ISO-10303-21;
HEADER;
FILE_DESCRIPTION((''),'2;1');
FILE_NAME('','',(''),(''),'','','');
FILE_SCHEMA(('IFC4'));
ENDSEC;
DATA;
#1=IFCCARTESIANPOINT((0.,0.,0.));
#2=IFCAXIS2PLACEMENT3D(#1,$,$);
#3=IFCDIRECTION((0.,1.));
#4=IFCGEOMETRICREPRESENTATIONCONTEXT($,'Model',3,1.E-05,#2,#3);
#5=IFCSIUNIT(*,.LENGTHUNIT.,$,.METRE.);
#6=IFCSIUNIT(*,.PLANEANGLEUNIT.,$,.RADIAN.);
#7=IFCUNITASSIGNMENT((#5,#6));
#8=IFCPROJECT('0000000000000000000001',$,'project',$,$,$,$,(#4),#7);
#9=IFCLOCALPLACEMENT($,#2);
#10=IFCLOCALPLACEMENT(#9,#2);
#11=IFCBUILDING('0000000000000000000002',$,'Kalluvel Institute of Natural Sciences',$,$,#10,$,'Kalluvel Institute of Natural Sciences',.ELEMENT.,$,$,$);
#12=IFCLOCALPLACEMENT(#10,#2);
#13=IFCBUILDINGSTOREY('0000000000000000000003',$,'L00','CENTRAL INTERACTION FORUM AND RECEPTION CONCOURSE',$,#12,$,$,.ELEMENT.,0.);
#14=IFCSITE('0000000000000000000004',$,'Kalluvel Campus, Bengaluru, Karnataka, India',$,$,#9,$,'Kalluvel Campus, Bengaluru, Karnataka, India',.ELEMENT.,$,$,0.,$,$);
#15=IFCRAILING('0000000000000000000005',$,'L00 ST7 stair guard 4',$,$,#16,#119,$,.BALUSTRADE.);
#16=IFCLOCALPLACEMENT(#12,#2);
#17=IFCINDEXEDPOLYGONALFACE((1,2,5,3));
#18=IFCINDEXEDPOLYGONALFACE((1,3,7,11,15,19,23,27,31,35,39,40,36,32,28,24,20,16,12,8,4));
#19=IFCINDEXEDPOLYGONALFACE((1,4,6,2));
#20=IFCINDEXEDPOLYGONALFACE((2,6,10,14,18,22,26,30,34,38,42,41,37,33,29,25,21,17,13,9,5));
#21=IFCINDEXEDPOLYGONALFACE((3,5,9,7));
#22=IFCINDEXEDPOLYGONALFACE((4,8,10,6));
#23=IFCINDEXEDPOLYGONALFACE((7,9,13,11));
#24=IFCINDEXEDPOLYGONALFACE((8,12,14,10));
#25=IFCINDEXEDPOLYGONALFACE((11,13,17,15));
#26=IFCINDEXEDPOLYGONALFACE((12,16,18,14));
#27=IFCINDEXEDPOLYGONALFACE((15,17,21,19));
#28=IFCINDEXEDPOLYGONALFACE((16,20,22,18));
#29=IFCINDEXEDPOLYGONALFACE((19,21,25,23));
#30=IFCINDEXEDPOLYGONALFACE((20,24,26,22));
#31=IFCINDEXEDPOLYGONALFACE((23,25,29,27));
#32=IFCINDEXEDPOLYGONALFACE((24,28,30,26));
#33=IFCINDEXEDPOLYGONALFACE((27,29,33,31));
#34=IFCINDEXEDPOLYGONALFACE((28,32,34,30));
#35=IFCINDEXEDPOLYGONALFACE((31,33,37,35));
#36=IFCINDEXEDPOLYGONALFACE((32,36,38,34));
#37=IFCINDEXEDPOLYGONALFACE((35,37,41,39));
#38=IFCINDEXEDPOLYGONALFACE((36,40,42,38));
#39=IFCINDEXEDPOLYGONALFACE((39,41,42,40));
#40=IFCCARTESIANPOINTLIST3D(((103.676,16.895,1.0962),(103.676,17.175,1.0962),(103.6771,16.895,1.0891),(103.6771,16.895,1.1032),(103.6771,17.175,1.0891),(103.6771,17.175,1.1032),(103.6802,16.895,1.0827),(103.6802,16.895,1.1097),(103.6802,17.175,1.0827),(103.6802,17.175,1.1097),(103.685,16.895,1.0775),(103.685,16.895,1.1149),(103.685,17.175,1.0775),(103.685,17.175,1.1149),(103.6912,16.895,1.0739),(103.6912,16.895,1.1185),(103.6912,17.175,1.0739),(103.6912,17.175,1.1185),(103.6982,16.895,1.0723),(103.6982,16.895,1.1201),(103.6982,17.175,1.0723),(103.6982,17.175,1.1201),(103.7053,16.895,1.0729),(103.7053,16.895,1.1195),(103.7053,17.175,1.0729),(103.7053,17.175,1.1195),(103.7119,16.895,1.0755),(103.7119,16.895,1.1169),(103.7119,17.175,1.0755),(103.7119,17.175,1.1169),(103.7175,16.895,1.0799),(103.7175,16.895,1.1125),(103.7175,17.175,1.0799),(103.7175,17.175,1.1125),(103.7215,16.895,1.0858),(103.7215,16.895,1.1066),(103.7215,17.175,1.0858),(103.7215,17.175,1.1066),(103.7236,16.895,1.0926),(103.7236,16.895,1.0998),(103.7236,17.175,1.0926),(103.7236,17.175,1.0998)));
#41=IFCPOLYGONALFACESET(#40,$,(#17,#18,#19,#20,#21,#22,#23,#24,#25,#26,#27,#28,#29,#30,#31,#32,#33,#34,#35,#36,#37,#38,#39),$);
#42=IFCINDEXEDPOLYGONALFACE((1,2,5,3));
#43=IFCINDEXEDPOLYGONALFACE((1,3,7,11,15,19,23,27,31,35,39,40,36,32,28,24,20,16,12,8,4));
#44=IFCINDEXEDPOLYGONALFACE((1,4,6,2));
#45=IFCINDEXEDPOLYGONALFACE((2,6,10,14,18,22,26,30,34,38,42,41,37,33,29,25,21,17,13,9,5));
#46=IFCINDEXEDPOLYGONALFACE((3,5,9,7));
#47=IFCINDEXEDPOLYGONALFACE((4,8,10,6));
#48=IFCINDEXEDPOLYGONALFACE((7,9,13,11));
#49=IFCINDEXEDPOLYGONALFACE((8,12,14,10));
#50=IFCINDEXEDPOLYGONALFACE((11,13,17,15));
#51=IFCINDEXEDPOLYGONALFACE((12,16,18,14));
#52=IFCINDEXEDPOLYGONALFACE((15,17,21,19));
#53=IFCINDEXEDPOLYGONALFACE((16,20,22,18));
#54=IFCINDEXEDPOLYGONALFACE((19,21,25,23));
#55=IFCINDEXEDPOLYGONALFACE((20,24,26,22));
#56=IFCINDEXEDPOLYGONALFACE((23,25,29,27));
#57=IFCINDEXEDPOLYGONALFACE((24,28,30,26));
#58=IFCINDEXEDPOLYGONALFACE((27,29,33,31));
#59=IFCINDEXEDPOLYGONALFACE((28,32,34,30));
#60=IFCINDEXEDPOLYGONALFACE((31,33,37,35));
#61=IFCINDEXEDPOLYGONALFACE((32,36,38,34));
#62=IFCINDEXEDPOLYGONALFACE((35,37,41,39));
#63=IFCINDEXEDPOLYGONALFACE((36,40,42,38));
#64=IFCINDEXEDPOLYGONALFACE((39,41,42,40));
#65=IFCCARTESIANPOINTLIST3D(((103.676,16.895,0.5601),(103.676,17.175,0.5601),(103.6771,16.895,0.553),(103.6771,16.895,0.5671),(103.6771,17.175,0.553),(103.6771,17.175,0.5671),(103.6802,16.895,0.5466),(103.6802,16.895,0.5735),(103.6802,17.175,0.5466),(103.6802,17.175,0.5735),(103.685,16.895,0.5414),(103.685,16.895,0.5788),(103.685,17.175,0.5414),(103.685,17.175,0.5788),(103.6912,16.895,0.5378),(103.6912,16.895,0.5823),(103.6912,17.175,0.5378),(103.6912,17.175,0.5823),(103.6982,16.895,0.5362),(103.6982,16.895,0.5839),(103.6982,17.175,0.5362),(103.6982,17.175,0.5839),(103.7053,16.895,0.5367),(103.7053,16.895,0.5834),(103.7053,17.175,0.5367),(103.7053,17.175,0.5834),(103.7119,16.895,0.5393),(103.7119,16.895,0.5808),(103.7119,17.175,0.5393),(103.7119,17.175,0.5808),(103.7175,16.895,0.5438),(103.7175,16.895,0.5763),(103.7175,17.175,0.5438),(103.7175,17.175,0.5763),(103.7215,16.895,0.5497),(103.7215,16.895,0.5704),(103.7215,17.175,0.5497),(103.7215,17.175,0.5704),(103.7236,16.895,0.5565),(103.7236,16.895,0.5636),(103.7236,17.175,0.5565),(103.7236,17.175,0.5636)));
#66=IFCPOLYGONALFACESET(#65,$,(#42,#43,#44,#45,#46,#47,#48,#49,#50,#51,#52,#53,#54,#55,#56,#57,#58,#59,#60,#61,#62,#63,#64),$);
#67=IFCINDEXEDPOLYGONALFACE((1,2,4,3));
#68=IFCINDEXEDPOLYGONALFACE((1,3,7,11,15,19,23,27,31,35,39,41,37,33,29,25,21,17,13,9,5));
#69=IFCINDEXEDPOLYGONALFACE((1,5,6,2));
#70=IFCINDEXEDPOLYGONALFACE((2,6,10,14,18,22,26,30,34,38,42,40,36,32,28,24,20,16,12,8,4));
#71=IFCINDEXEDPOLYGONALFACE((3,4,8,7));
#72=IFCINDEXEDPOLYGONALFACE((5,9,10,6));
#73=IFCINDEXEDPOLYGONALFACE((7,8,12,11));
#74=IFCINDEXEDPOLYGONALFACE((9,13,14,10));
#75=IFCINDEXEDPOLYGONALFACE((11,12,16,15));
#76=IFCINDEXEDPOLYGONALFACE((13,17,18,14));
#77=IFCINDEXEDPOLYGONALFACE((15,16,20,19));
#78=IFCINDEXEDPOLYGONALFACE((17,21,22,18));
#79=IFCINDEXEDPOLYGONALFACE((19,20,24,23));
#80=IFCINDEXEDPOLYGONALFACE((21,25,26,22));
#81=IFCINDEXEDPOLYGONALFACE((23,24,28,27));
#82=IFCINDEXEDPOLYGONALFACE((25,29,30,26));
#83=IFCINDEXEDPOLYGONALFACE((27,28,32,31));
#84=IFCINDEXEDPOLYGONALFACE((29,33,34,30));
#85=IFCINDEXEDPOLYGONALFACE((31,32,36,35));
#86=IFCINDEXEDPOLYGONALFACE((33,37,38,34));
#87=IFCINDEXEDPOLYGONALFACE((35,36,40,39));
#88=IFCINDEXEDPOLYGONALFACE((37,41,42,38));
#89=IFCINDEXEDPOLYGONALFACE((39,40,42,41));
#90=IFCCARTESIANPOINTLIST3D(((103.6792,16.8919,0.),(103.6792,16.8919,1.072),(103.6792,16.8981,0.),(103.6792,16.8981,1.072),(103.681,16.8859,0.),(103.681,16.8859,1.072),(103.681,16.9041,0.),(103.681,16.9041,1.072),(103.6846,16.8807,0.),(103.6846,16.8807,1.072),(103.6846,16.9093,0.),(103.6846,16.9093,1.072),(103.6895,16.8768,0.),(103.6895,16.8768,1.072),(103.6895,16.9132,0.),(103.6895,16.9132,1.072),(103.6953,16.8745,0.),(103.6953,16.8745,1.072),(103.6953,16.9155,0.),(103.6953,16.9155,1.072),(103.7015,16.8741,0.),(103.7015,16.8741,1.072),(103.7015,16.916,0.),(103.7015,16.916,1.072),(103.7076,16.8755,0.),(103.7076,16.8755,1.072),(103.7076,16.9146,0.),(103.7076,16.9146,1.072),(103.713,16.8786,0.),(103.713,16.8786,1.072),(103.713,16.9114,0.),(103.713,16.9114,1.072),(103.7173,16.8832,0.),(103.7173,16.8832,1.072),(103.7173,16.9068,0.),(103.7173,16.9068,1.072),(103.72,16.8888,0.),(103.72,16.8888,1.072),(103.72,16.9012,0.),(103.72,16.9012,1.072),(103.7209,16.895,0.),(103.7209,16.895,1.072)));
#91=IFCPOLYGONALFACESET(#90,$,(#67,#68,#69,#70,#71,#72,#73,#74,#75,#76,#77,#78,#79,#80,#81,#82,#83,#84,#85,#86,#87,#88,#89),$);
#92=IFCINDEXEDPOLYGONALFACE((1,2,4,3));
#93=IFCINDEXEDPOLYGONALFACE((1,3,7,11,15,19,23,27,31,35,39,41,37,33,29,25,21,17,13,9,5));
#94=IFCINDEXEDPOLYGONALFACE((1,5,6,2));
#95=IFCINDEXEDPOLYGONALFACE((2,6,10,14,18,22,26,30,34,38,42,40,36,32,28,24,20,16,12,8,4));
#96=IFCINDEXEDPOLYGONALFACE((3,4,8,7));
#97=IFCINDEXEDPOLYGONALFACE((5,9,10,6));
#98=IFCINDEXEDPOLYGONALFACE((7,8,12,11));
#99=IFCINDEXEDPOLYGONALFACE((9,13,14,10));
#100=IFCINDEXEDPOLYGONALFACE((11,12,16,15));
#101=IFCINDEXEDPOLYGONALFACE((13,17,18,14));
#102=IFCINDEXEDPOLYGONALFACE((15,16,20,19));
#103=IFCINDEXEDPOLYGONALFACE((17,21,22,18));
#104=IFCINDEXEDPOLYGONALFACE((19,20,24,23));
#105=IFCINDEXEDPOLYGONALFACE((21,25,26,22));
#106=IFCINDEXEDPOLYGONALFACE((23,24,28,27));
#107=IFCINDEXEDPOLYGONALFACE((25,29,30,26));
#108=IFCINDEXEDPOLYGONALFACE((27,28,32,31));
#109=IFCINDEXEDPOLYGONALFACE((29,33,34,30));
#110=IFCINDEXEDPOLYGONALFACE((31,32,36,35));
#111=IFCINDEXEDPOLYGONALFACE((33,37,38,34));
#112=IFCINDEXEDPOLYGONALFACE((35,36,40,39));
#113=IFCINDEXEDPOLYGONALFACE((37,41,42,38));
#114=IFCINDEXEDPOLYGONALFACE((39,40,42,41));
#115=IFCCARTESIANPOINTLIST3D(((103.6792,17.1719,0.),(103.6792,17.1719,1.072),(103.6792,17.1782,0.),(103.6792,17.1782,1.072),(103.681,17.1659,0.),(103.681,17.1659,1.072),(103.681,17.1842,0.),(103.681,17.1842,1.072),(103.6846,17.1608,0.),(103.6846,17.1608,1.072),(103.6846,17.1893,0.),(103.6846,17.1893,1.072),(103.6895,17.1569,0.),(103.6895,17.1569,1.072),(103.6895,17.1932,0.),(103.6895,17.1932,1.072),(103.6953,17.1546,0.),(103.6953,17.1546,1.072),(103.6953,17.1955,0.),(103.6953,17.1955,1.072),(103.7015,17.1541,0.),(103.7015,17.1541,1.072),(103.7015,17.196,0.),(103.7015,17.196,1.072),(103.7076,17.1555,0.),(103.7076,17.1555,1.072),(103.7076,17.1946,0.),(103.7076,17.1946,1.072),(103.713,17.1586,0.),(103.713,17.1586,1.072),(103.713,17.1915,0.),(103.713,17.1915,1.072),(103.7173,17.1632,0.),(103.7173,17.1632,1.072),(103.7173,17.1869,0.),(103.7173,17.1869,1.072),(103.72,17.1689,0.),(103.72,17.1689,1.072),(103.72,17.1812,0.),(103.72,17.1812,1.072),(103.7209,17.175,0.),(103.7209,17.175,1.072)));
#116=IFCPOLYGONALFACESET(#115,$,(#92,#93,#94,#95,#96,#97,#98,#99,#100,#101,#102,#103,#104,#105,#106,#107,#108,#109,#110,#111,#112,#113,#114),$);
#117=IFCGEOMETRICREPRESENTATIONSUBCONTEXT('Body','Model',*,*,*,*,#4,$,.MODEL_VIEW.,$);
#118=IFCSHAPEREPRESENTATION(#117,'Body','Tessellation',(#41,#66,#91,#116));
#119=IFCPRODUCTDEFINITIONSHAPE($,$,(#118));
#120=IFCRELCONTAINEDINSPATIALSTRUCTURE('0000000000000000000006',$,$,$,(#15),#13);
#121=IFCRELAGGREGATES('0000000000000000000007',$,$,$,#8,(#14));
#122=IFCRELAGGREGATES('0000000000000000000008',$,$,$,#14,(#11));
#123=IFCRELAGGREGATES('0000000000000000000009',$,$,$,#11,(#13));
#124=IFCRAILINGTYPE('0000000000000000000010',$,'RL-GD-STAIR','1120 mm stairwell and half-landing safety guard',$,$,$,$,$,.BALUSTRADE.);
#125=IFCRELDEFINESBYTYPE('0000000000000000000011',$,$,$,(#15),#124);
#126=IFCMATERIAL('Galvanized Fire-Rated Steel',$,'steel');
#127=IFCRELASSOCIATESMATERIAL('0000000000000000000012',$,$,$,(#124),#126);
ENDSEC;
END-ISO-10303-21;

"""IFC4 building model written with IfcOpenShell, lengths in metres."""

from ifc_helpers import new_model, si_unit, direction, frame, origin, origin_2d, place, context, subcontext, project, spatial, circle, extrude, material, type_object, element, save


model = new_model("IFC4")

# Units and contexts
model_context = context("Model", 3, precision=1e-05, world=origin(), true_north=direction((0.0, 1.0)))
body_context = subcontext(model_context, "Body", "Model", "MODEL_VIEW")
ifc_project = project(units=[si_unit("LENGTHUNIT", "METRE"), si_unit("PLANEANGLEUNIT", "RADIAN")], contexts=[model_context])

# Site, building, storey
site_placement = place(None, origin())
site = spatial("IfcSite", under=ifc_project, at=site_placement, Name="Kalluvel Campus, Bengaluru, Karnataka, India", LongName="Kalluvel Campus, Bengaluru, Karnataka, India", CompositionType="ELEMENT", RefElevation=0.0)
building_placement = place(site_placement, origin())
building = spatial("IfcBuilding", under=site, at=building_placement, Name="Kalluvel Institute of Natural Sciences", LongName="Kalluvel Institute of Natural Sciences", CompositionType="ELEMENT")
storey_placement = place(building_placement, origin())
storey = spatial("IfcBuildingStorey", under=building, at=storey_placement, Name="L00", Description="CENTRAL INTERACTION FORUM AND RECEPTION CONCOURSE", CompositionType="ELEMENT", Elevation=0.0)

# Railing
ifc_material_1 = material(Name="Galvanized Fire-Rated Steel", Category="steel")
railing_type_1 = type_object("IfcRailingType", Name="RL-GD-STAIR", Description="1120 mm stairwell and half-landing safety guard", PredefinedType="BALUSTRADE", material=ifc_material_1)
railing_1_placement = place(storey_placement, frame((103.7, 16.895, 0.0)))
element("IfcRailing", 1, at=railing_1_placement, inside=storey, type_object=railing_type_1, Name="L00 ST7 stair guard 4", PredefinedType="BALUSTRADE", context=body_context, shape_type="SweptSolid", body=[
    extrude(circle(Radius=0.0239, at=origin_2d()), frame((0.0, 0.0, 1.0962), z_axis=(0.0, 1.0, 0.0), x_axis=(-1.0, 0.0, 0.0)), (0.0, 0.0, 1.0), 0.28),
    extrude(circle(Radius=0.0239, at=origin_2d()), frame((0.0, 0.0, 0.5601), z_axis=(0.0, 1.0, 0.0), x_axis=(-1.0, 0.0, 0.0)), (0.0, 0.0, 1.0), 0.28),
    extrude(circle(Radius=0.021, at=origin_2d()), origin(), (0.0, 0.0, 1.0), 1.072),
    extrude(circle(Radius=0.021, at=origin_2d()), frame((0.0, 0.28, 0.0)), (0.0, 0.0, 1.0), 1.072),
])

save(model, "model.ifc")
